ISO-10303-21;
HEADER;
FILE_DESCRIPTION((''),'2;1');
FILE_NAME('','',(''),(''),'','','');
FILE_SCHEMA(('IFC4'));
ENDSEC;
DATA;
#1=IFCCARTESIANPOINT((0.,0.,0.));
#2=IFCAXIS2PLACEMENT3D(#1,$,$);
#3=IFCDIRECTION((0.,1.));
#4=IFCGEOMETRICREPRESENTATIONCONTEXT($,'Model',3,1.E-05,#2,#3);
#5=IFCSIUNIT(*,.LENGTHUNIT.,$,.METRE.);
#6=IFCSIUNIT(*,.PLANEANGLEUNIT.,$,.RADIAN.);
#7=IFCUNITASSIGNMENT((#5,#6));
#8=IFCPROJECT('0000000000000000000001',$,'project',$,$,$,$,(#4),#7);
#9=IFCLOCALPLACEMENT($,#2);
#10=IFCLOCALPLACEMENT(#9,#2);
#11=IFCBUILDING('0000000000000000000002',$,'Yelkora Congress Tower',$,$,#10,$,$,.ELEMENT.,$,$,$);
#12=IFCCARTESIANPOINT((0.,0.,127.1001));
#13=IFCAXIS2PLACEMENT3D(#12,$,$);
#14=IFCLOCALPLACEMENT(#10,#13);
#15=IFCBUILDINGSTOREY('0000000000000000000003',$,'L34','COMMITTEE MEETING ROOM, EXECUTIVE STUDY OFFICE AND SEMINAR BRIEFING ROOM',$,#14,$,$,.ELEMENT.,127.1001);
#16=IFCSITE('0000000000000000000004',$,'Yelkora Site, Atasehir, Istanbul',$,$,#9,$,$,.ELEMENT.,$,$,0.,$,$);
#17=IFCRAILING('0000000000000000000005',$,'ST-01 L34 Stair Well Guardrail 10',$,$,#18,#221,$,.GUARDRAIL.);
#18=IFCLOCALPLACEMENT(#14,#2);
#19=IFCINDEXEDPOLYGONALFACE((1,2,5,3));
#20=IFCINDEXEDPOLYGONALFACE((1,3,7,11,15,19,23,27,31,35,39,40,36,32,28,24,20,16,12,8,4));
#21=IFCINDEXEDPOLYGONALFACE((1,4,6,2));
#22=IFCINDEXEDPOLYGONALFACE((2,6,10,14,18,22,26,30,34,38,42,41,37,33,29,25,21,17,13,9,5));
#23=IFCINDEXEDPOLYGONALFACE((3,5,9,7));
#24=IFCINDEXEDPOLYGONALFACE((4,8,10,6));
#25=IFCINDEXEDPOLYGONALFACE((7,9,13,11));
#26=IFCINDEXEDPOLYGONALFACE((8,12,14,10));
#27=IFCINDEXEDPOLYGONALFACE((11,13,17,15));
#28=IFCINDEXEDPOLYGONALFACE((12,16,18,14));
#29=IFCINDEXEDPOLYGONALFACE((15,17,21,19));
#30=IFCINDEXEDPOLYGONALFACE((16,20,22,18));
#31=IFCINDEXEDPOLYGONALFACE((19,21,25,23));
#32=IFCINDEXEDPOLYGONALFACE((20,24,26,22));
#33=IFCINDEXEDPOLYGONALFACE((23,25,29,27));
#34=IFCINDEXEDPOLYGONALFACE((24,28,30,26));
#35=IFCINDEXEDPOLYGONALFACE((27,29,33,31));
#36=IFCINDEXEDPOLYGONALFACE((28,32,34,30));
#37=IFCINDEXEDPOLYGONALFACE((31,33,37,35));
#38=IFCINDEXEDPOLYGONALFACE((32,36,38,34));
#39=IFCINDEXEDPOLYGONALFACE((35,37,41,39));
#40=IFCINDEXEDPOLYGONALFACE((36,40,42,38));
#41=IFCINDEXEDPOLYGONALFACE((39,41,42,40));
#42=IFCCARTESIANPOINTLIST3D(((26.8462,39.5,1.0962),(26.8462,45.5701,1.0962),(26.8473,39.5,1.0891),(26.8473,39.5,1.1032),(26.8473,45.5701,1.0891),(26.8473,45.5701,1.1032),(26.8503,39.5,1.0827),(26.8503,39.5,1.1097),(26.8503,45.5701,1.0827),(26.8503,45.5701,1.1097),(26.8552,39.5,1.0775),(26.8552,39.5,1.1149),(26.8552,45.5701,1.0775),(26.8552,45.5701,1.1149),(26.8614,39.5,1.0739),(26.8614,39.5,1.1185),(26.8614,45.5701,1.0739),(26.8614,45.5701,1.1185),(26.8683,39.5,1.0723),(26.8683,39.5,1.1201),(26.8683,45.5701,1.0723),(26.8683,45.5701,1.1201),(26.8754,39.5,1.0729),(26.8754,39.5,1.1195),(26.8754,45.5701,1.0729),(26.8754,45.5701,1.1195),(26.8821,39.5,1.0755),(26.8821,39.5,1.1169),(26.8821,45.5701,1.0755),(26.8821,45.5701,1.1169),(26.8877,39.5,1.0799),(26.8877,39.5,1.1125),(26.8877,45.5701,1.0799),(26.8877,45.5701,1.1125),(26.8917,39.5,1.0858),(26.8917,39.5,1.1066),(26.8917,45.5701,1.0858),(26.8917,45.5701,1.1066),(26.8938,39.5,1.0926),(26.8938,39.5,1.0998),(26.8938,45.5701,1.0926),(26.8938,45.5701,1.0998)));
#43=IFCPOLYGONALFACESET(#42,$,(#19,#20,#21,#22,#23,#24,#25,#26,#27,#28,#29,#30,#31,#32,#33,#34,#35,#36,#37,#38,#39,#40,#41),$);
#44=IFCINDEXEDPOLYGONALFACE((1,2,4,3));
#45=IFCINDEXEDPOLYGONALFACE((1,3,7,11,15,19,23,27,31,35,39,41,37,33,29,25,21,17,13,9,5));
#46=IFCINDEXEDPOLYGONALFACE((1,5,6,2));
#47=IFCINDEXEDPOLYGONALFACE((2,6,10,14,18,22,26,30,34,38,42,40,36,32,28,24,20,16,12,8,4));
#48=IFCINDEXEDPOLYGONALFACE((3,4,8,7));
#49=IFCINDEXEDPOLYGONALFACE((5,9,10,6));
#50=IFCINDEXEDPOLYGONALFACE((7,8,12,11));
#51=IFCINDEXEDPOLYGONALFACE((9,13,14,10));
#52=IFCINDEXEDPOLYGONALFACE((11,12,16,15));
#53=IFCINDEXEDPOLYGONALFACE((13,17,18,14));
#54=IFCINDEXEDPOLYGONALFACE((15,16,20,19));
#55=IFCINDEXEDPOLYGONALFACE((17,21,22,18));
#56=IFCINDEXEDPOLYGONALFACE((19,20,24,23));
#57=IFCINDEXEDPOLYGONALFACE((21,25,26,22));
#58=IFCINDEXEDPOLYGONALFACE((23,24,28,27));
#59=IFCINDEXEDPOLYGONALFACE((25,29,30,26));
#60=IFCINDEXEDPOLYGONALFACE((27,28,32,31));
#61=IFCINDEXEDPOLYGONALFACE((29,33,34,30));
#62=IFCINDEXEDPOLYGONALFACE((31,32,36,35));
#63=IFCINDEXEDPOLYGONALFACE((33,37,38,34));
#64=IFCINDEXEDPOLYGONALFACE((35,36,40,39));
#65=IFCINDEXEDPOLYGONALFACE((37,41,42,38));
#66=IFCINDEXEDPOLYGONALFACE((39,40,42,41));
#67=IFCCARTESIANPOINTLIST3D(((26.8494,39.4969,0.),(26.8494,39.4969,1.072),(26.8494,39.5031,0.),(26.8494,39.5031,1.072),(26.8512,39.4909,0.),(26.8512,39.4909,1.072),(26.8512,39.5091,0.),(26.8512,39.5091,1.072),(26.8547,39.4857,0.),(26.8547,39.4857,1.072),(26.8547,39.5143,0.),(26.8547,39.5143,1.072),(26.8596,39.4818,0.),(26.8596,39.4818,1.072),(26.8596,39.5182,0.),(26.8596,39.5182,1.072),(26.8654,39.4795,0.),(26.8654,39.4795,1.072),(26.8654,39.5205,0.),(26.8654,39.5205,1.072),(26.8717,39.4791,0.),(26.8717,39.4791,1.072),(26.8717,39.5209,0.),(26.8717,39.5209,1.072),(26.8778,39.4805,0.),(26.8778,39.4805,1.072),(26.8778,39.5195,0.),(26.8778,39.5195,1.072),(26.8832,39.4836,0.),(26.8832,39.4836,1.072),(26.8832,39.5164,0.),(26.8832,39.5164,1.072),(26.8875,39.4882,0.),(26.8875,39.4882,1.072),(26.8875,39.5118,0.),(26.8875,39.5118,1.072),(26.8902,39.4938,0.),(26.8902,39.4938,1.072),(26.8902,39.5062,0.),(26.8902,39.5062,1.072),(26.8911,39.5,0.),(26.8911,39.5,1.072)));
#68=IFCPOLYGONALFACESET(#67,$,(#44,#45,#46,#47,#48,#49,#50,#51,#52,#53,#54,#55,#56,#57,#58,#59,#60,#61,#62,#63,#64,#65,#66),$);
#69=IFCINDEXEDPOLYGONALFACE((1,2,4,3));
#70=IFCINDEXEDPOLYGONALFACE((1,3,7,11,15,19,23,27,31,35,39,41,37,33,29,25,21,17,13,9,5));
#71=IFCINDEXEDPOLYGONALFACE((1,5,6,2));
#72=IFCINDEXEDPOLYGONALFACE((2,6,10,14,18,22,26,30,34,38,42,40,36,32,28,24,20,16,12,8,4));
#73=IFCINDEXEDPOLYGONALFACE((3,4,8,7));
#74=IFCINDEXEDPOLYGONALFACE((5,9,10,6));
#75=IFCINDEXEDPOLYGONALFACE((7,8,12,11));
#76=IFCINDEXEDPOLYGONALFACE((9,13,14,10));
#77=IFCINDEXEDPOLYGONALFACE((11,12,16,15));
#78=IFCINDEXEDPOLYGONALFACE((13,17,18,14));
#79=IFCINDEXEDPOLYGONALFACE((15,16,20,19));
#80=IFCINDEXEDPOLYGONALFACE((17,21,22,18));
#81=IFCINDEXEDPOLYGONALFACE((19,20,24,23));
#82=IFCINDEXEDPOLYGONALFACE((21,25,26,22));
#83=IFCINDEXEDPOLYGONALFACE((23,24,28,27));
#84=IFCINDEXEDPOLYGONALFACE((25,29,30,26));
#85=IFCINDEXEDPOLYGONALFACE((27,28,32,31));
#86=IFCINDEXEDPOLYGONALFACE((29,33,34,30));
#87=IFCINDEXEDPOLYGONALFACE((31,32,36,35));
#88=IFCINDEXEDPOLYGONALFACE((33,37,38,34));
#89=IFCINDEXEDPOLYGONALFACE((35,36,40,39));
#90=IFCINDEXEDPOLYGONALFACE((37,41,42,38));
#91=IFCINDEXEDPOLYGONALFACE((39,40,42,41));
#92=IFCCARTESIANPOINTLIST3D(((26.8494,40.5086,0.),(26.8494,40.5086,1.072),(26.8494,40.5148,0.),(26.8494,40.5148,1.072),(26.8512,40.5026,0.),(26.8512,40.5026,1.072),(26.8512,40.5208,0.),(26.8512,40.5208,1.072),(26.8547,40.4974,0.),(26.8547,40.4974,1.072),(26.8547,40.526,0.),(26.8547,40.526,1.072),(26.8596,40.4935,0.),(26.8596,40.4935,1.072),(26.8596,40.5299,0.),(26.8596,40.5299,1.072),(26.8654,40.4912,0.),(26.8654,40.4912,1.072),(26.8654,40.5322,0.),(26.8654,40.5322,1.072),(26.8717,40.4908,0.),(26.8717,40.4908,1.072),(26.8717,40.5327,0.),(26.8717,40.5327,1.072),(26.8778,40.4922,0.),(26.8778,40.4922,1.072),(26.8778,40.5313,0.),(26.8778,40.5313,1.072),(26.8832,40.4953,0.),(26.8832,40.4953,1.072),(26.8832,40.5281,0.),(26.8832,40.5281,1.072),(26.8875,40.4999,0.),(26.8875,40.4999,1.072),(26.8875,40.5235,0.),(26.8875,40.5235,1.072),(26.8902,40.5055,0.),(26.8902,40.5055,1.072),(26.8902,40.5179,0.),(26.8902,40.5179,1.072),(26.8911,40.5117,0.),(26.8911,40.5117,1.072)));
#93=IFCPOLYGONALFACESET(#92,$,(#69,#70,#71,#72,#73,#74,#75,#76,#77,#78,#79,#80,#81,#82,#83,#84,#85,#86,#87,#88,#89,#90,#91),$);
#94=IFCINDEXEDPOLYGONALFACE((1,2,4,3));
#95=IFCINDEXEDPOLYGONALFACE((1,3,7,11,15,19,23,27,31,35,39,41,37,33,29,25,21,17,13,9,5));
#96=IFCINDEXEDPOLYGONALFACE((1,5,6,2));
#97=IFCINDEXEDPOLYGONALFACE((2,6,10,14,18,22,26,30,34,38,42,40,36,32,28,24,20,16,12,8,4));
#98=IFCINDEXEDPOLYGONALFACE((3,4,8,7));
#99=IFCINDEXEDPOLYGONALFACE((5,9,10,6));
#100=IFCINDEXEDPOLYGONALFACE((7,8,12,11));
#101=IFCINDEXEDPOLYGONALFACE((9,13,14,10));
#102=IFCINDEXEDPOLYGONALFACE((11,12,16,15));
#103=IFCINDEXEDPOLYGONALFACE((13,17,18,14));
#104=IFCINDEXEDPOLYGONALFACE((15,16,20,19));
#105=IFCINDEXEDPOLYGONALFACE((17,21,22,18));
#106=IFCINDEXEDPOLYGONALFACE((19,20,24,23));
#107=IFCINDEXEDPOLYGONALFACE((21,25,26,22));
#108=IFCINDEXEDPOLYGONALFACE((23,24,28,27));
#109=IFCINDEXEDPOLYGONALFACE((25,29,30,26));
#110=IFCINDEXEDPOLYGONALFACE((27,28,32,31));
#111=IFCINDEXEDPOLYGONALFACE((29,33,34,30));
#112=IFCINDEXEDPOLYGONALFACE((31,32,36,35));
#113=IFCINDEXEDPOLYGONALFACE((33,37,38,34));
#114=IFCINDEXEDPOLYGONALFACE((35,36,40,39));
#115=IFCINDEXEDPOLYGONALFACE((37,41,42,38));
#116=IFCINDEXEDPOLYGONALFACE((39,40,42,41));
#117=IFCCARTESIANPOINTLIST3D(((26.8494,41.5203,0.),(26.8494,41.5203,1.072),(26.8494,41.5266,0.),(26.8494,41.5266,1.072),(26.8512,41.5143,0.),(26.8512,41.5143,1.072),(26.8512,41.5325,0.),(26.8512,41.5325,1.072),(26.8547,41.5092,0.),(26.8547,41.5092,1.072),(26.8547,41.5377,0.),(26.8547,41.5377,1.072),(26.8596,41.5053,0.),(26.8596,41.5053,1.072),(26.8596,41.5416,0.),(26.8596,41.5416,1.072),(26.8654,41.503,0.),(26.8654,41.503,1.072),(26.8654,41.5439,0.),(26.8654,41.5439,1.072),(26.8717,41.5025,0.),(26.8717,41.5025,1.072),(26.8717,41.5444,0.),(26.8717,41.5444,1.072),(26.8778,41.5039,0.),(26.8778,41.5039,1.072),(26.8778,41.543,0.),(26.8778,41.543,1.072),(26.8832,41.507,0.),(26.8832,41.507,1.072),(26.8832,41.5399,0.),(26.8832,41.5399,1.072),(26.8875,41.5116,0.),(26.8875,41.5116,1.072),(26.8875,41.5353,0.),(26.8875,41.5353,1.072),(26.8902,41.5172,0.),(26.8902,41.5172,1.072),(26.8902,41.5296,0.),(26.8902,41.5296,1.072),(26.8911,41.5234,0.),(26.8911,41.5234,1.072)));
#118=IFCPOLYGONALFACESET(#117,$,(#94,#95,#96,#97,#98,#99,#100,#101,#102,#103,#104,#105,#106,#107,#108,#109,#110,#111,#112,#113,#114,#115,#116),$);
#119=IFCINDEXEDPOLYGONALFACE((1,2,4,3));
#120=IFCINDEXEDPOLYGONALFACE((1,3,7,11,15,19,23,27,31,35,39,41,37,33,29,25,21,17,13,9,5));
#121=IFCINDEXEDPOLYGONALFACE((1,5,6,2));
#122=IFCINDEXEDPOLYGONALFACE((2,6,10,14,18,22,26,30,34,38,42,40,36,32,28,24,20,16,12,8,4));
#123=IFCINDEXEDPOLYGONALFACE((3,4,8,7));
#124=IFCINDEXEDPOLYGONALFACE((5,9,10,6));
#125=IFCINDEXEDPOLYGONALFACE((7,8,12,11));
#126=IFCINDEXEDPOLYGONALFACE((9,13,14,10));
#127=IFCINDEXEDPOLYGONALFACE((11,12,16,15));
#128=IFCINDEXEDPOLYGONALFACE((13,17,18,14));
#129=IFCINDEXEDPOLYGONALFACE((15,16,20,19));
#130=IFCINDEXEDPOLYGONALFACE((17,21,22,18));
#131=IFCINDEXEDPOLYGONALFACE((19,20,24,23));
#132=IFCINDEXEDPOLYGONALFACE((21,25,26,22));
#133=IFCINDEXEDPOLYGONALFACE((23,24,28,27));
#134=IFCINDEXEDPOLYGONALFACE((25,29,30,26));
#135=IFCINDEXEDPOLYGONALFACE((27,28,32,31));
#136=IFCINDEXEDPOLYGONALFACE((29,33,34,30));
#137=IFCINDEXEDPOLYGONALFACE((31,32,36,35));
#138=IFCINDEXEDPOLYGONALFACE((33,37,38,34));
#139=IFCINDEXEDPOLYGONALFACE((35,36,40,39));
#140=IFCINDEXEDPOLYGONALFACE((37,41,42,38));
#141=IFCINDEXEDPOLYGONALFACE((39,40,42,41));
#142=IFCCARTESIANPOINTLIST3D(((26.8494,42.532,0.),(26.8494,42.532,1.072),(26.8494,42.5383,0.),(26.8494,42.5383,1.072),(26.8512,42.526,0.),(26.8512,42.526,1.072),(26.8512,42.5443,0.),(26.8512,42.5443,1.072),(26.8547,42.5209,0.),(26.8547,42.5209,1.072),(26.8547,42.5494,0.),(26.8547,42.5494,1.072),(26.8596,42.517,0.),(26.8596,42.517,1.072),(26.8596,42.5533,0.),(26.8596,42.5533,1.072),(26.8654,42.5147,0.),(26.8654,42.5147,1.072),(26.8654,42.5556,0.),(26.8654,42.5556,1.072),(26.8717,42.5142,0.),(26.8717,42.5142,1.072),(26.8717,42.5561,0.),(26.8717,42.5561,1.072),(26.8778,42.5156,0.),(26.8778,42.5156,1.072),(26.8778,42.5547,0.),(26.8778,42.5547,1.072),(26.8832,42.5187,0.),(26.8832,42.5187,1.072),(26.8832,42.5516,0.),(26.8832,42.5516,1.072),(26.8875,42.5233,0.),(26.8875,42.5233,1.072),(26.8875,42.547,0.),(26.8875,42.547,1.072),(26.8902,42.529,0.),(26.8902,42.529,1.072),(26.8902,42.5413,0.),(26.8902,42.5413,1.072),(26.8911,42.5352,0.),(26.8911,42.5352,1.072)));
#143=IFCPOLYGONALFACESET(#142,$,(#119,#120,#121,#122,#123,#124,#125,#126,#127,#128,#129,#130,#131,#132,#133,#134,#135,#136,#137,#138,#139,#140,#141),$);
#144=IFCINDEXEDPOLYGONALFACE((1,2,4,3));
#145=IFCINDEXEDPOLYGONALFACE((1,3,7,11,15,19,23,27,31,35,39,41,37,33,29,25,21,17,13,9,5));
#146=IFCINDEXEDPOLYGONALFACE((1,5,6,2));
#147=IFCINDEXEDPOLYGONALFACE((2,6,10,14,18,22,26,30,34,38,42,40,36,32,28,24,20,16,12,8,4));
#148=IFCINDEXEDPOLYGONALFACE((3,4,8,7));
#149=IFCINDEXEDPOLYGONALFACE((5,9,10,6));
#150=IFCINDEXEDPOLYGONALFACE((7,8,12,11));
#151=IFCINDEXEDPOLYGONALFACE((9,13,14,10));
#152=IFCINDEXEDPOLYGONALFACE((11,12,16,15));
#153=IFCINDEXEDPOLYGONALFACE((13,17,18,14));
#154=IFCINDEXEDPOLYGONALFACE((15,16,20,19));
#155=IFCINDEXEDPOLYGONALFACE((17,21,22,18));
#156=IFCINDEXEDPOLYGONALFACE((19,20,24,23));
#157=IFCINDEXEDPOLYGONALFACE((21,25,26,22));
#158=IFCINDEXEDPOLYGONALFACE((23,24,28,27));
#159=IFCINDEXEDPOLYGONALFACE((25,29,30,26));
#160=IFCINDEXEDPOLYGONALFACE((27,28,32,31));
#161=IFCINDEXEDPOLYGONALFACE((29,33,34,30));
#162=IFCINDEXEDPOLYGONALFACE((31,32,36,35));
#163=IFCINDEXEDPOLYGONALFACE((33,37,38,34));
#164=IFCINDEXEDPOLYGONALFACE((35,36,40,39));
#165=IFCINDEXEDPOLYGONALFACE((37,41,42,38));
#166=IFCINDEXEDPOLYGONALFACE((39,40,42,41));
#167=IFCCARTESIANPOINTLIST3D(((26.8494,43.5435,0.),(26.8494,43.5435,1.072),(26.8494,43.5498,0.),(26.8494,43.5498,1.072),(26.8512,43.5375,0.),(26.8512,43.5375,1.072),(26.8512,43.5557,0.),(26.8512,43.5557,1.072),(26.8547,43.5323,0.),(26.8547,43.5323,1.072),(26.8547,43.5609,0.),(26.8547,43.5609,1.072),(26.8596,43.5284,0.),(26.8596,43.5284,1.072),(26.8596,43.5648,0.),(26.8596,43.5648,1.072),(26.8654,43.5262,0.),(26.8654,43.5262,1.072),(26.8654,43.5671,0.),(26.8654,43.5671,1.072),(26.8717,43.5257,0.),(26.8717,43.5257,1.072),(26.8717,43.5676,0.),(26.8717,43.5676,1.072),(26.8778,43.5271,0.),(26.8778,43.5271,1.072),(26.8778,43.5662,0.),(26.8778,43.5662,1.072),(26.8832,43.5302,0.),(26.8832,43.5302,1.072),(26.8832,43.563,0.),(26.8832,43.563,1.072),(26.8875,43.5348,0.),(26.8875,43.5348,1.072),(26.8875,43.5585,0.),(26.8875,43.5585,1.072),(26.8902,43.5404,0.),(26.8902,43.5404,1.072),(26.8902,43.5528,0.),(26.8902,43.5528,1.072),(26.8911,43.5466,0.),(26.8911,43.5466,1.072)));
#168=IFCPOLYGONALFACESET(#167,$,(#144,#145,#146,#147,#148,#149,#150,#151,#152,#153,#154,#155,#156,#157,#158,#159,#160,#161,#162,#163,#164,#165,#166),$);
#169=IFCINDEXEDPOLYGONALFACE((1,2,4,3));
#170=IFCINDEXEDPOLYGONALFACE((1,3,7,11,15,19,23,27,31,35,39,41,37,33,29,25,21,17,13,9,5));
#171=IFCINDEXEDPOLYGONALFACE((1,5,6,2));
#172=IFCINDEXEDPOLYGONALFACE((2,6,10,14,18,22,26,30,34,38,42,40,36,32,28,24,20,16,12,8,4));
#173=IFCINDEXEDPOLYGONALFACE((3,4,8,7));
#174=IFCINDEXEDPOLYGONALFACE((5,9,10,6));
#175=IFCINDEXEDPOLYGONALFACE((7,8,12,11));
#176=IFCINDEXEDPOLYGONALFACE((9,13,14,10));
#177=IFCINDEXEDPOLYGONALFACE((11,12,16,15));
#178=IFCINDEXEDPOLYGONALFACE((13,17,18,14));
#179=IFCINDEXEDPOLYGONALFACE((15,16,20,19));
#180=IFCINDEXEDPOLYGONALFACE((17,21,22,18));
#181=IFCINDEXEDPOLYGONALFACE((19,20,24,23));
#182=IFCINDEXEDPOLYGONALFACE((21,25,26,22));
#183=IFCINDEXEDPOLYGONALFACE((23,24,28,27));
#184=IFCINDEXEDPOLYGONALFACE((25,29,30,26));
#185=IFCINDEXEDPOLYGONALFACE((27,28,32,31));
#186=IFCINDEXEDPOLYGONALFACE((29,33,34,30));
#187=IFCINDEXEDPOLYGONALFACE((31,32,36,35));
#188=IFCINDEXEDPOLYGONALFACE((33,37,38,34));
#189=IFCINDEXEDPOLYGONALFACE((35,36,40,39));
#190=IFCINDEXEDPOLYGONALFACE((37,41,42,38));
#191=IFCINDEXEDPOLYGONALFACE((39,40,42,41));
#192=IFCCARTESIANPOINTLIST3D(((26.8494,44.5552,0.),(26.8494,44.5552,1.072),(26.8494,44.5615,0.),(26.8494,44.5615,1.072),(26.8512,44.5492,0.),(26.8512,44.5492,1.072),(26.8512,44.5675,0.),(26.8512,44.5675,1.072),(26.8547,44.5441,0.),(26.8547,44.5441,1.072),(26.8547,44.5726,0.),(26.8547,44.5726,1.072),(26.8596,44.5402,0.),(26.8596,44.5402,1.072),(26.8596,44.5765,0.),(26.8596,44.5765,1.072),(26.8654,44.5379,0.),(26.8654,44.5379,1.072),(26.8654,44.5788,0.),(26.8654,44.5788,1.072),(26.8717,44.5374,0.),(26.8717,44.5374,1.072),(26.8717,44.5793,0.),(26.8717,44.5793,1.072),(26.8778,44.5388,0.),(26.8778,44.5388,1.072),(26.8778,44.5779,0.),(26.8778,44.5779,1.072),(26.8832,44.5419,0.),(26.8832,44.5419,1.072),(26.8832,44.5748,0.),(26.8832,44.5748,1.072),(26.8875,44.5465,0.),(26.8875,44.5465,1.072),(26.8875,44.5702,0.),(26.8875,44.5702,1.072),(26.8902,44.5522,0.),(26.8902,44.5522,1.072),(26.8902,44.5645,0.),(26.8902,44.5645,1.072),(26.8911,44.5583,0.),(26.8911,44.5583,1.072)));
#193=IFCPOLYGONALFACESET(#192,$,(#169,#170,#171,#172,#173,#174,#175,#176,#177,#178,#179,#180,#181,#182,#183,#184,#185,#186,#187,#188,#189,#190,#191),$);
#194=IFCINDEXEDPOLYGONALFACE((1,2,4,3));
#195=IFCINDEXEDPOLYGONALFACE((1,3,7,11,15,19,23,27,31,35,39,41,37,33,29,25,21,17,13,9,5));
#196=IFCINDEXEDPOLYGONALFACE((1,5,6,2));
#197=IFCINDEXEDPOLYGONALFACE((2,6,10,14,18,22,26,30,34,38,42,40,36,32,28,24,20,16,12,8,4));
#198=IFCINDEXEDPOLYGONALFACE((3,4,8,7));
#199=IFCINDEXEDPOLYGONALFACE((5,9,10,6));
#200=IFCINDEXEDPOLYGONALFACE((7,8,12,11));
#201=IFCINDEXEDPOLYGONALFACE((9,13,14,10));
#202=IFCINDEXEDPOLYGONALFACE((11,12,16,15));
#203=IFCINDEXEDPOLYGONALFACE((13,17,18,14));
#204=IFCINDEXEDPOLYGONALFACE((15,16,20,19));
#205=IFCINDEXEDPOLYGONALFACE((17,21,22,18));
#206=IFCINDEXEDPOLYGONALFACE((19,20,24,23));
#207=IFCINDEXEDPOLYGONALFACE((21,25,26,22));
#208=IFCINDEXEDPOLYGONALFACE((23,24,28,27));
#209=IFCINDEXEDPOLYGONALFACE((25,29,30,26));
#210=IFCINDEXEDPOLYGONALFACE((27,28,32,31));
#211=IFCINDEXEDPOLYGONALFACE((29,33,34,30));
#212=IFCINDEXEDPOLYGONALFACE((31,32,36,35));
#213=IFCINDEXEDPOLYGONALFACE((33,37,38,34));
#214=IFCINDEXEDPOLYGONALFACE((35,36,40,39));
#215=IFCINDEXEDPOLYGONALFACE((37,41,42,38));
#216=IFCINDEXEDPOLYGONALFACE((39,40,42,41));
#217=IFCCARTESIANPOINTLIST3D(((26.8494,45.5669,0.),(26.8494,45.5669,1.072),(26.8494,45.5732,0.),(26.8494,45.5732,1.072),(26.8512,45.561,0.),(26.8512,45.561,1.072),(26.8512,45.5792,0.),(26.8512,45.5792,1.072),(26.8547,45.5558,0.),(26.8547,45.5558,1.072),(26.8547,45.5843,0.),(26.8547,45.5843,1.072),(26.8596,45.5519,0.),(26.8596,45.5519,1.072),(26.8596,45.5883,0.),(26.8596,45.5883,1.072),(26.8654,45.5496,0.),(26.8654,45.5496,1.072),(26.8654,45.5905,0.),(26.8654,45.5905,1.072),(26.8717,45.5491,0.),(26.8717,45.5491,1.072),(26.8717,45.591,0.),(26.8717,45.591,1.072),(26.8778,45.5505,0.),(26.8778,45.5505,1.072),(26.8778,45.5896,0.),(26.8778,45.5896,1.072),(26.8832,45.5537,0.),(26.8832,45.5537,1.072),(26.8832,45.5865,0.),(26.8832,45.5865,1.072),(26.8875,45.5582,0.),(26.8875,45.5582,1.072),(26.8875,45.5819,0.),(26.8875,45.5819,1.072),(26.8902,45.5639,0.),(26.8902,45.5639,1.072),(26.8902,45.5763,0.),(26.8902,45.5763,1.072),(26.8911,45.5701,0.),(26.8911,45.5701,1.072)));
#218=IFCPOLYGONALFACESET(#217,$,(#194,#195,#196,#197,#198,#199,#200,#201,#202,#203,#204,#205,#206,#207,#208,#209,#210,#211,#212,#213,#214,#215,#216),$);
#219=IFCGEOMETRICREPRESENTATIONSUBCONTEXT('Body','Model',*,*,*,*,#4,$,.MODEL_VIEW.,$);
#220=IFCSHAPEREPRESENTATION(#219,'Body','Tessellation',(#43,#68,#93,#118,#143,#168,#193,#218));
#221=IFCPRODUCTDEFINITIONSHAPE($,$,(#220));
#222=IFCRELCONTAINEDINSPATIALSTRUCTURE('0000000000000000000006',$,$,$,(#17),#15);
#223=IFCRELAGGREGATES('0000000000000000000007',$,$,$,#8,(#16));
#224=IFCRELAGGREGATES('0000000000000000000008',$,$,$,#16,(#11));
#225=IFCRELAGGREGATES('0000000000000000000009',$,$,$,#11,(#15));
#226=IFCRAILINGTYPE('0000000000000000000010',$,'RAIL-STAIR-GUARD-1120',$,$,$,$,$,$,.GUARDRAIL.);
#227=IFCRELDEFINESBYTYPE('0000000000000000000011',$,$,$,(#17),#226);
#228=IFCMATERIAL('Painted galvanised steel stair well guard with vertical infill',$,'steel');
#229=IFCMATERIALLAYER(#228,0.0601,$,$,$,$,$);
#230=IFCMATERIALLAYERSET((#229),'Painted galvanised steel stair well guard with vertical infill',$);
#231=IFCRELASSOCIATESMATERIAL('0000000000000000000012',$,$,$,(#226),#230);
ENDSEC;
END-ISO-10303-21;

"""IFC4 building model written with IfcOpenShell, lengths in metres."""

from ifc_helpers import new_model, si_unit, direction, frame, origin, origin_2d, place, context, subcontext, project, spatial, circle, extrude, material, layer, layer_set, type_object, element, save


model = new_model("IFC4")

# Units and contexts
model_context = context("Model", 3, precision=1e-05, world=origin(), true_north=direction((0.0, 1.0)))
body_context = subcontext(model_context, "Body", "Model", "MODEL_VIEW")
ifc_project = project(units=[si_unit("LENGTHUNIT", "METRE"), si_unit("PLANEANGLEUNIT", "RADIAN")], contexts=[model_context])

# Site, building, storey
site_placement = place(None, origin())
site = spatial("IfcSite", under=ifc_project, at=site_placement, Name="Yelkora Site, Atasehir, Istanbul", CompositionType="ELEMENT", RefElevation=0.0)
building_placement = place(site_placement, origin())
building = spatial("IfcBuilding", under=site, at=building_placement, Name="Yelkora Congress Tower", CompositionType="ELEMENT")
storey_placement = place(building_placement, frame((0.0, 0.0, 127.1001)))
storey = spatial("IfcBuildingStorey", under=building, at=storey_placement, Name="L34", Description="COMMITTEE MEETING ROOM, EXECUTIVE STUDY OFFICE AND SEMINAR BRIEFING ROOM", CompositionType="ELEMENT", Elevation=127.1001)

# Railing
ifc_material_1 = material(Name="Painted galvanised steel stair well guard with vertical infill", Category="steel")
ifc_layer_1 = layer(ifc_material_1, 0.0601)
ifc_layer_set_1 = layer_set([ifc_layer_1], Name="Painted galvanised steel stair well guard with vertical infill")
railing_type_1 = type_object("IfcRailingType", Name="RAIL-STAIR-GUARD-1120", PredefinedType="GUARDRAIL", material=ifc_layer_set_1)
railing_1_placement = place(storey_placement, frame((26.8701, 39.5, 0.0)))
element("IfcRailing", 1, at=railing_1_placement, inside=storey, type_object=railing_type_1, Name="ST-01 L34 Stair Well Guardrail 10", PredefinedType="GUARDRAIL", context=body_context, shape_type="SweptSolid", body=[
    extrude(circle(Radius=0.0239, at=origin_2d()), frame((0.0, 0.0, 1.0962), z_axis=(0.0, 1.0, 0.0), x_axis=(-1.0, 0.0, 0.0)), (0.0, 0.0, 1.0), 6.0701),
    extrude(circle(Radius=0.021, at=origin_2d()), origin(), (0.0, 0.0, 1.0), 1.072),
    extrude(circle(Radius=0.021, at=origin_2d()), frame((0.0, 1.0117, 0.0)), (0.0, 0.0, 1.0), 1.072),
    extrude(circle(Radius=0.021, at=origin_2d()), frame((0.0, 2.0234, 0.0)), (0.0, 0.0, 1.0), 1.072),
    extrude(circle(Radius=0.021, at=origin_2d()), frame((0.0, 3.0352, 0.0)), (0.0, 0.0, 1.0), 1.072),
    extrude(circle(Radius=0.021, at=origin_2d()), frame((0.0, 4.0466, 0.0)), (0.0, 0.0, 1.0), 1.072),
    extrude(circle(Radius=0.021, at=origin_2d()), frame((0.0, 5.0583, 0.0)), (0.0, 0.0, 1.0), 1.072),
    extrude(circle(Radius=0.021, at=origin_2d()), frame((0.0, 6.0701, 0.0)), (0.0, 0.0, 1.0), 1.072),
])

save(model, "model.ifc")
